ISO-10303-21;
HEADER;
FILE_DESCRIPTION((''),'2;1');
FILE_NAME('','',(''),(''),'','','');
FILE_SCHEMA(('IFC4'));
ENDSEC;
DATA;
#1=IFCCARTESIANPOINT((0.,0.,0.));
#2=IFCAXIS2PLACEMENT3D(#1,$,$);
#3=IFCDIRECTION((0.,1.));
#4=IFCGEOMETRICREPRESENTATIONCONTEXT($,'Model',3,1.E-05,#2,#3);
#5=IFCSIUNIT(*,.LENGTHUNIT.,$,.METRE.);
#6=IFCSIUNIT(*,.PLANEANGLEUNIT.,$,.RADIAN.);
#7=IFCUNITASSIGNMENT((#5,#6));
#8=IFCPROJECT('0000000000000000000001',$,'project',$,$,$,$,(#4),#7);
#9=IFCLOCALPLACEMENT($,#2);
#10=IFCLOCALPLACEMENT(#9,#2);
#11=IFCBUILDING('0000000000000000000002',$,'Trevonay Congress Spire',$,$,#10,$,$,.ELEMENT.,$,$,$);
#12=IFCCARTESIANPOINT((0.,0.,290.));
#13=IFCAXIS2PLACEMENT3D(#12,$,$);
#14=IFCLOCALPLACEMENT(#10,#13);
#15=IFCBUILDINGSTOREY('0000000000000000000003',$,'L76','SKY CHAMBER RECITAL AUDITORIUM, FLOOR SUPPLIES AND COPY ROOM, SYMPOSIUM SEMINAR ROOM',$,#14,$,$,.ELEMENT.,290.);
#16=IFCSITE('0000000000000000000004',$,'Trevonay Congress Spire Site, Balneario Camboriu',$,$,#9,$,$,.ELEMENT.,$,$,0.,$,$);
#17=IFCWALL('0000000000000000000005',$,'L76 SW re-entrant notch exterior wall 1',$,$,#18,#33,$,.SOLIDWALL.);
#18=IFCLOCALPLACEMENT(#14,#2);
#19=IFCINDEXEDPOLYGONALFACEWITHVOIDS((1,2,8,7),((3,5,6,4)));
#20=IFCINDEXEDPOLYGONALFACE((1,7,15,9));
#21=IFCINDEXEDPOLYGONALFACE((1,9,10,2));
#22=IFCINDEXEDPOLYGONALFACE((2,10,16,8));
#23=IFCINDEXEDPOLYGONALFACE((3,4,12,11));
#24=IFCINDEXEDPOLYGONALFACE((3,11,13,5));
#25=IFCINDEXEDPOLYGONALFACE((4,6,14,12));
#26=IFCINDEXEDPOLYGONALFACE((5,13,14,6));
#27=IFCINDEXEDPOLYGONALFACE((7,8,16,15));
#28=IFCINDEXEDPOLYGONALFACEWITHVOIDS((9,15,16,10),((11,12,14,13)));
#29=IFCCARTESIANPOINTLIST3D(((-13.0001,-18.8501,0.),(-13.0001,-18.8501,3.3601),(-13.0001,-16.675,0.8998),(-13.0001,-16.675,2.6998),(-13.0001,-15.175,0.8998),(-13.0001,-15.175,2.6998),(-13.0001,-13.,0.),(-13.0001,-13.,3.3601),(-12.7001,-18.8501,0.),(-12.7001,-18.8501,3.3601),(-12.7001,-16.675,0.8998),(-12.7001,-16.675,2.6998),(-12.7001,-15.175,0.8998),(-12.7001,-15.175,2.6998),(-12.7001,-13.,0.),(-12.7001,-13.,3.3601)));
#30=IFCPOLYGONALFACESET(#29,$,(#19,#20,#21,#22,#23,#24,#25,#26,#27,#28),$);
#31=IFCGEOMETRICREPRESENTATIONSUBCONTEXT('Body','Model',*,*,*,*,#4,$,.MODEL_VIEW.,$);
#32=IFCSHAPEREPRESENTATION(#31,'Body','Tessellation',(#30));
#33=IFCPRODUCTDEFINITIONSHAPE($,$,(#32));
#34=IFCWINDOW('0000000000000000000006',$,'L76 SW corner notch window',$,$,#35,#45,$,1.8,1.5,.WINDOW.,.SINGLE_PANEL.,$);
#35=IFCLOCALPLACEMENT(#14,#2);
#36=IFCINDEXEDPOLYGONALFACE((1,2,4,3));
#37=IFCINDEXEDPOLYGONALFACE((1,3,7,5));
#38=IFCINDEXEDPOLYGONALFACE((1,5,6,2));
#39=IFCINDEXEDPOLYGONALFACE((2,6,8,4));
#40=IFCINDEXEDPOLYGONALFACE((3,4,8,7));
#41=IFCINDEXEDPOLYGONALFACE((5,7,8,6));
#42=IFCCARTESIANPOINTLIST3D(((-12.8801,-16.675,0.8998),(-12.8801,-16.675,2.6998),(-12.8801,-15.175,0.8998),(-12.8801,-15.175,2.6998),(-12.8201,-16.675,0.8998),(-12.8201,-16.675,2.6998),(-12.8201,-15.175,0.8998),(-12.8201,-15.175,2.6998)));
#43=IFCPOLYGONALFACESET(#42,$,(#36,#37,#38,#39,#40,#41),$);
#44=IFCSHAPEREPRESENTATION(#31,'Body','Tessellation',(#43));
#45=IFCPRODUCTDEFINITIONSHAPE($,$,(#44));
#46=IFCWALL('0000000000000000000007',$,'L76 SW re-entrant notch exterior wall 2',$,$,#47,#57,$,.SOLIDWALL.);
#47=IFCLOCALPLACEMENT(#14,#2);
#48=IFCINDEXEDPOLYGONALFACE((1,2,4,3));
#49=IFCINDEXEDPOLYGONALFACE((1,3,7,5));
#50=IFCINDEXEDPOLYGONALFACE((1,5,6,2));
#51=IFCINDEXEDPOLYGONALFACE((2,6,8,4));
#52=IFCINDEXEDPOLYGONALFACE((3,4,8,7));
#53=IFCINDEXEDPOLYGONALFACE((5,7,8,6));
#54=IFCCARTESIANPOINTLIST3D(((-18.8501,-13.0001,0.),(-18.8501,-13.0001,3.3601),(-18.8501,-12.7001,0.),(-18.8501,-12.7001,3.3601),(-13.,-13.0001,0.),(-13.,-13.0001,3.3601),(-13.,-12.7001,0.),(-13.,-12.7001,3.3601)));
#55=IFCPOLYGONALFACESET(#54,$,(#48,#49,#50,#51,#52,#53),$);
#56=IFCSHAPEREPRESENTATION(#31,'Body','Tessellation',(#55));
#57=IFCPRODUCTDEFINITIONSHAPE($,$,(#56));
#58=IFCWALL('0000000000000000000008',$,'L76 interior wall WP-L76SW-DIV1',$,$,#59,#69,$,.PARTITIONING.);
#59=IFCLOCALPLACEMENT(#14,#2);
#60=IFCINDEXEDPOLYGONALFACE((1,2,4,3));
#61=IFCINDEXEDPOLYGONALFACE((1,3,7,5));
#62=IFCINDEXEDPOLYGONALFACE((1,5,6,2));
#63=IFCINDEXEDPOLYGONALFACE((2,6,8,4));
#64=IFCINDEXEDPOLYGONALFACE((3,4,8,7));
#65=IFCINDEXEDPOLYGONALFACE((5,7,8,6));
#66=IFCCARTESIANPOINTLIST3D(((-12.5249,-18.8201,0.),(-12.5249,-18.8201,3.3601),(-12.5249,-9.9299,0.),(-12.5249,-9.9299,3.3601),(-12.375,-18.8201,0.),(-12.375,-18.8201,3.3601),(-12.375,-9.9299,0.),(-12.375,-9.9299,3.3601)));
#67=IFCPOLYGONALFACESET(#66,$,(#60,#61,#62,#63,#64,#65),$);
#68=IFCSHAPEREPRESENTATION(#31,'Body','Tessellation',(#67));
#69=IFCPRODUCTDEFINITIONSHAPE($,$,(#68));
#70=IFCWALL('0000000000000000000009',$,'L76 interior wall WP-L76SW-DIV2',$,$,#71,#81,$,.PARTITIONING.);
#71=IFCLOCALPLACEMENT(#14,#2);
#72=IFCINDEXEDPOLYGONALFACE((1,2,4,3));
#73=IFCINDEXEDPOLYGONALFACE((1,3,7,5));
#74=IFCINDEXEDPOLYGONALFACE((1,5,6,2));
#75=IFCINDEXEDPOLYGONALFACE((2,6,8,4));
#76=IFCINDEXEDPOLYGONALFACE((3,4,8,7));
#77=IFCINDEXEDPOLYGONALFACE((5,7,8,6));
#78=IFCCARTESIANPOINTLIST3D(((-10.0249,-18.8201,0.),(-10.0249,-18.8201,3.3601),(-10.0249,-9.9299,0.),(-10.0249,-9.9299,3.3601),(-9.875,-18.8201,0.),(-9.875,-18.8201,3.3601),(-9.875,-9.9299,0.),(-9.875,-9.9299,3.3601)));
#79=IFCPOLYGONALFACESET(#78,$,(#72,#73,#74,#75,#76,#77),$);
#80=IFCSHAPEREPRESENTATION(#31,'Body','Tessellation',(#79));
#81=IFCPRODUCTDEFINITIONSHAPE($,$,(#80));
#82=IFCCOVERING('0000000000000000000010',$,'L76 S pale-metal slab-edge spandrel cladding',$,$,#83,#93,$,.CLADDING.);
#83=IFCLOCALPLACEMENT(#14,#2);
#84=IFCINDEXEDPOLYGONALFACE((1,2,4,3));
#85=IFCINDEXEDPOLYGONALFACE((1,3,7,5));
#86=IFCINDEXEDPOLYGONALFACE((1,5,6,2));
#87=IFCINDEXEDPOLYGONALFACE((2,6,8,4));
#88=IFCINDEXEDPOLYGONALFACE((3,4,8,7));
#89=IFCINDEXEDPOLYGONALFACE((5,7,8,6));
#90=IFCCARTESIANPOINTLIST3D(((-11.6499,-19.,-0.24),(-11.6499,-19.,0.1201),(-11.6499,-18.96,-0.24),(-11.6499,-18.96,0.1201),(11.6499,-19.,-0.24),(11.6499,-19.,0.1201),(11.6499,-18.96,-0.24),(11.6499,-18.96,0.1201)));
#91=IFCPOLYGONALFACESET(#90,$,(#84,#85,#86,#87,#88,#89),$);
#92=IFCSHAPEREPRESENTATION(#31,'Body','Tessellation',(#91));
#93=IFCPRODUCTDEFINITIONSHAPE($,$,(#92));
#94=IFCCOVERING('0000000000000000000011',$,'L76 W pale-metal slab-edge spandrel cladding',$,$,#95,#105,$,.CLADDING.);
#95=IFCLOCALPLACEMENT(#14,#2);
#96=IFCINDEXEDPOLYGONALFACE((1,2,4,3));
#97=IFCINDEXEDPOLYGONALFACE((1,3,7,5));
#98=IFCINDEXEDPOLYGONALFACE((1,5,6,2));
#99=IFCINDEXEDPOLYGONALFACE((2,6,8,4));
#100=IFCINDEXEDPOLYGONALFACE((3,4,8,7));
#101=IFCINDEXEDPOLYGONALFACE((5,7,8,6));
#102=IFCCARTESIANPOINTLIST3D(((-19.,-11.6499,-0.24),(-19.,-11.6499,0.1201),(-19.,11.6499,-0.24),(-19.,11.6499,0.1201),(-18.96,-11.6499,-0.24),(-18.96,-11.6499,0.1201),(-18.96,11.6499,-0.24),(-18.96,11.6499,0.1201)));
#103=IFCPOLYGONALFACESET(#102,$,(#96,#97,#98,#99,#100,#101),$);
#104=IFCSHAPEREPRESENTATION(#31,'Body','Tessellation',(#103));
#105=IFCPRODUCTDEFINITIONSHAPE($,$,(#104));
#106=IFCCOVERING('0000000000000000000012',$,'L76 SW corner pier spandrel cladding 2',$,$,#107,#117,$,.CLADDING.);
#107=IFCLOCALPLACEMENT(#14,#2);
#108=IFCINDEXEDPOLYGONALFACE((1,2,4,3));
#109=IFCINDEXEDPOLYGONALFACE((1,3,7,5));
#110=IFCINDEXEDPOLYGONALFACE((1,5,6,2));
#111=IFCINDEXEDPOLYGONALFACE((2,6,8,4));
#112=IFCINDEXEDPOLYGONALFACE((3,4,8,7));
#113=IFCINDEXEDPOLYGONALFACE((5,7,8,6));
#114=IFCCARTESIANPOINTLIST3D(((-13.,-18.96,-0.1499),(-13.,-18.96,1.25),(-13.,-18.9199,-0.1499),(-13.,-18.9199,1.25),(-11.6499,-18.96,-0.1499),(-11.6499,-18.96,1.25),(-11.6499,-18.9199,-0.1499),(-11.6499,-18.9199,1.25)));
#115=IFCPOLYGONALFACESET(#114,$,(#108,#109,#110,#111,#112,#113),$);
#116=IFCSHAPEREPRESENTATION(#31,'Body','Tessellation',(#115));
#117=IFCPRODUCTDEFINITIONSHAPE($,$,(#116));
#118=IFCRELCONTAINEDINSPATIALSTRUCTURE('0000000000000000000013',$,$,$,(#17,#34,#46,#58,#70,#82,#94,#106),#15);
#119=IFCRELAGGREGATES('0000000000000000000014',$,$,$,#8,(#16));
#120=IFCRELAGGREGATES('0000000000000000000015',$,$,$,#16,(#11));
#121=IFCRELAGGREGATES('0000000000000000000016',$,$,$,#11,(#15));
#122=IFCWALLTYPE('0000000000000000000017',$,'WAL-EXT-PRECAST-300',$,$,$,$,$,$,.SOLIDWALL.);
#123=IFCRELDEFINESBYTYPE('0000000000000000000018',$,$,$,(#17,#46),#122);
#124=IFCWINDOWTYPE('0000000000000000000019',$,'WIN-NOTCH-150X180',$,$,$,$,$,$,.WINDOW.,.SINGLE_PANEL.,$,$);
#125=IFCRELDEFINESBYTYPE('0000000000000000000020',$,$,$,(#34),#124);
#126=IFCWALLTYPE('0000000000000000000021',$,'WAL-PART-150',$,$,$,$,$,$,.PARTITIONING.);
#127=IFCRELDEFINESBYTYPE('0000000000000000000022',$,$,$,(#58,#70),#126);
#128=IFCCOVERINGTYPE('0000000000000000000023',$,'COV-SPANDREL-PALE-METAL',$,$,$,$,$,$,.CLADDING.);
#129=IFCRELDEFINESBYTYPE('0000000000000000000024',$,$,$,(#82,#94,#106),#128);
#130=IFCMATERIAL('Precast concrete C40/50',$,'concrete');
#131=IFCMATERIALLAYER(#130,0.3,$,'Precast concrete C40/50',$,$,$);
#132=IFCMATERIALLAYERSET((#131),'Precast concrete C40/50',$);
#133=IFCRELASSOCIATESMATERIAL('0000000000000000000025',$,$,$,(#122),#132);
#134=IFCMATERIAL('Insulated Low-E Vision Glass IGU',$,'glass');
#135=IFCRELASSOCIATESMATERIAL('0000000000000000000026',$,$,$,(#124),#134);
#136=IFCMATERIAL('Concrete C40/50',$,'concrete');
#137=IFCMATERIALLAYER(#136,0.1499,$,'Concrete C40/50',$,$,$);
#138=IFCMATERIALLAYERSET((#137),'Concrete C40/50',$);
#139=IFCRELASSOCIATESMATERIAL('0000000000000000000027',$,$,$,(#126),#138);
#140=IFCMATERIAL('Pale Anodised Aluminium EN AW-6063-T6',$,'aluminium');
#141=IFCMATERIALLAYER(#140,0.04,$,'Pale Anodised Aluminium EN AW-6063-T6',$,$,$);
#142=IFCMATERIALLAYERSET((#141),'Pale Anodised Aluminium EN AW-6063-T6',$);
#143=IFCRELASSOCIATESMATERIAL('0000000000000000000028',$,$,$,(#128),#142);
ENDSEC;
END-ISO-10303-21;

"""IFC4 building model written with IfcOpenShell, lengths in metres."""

from ifc_helpers import new_model, si_unit, direction, frame, frame_2d, origin, place, context, subcontext, project, spatial, rectangle, extrude, material, layer, layer_set, type_object, element, fill, save


model = new_model("IFC4")

# Units and contexts
model_context = context("Model", 3, precision=1e-05, world=origin(), true_north=direction((0.0, 1.0)))
body_context = subcontext(model_context, "Body", "Model", "MODEL_VIEW")
ifc_project = project(units=[si_unit("LENGTHUNIT", "METRE"), si_unit("PLANEANGLEUNIT", "RADIAN")], contexts=[model_context])

# Site, building, storey
site_placement = place(None, origin())
site = spatial("IfcSite", under=ifc_project, at=site_placement, Name="Trevonay Congress Spire Site, Balneario Camboriu", CompositionType="ELEMENT", RefElevation=0.0)
building_placement = place(site_placement, origin())
building = spatial("IfcBuilding", under=site, at=building_placement, Name="Trevonay Congress Spire", CompositionType="ELEMENT")
storey_placement = place(building_placement, frame((0.0, 0.0, 290.0)))
storey = spatial("IfcBuildingStorey", under=building, at=storey_placement, Name="L76", Description="SKY CHAMBER RECITAL AUDITORIUM, FLOOR SUPPLIES AND COPY ROOM, SYMPOSIUM SEMINAR ROOM", CompositionType="ELEMENT", Elevation=290.0)

# Shared definitions
ifc_material_1 = material(Name="Precast concrete C40/50", Category="concrete")
ifc_layer_1 = layer(ifc_material_1, 0.3, Name="Precast concrete C40/50")
ifc_layer_set_1 = layer_set([ifc_layer_1], Name="Precast concrete C40/50")
wall_type_1 = type_object("IfcWallType", Name="WAL-EXT-PRECAST-300", PredefinedType="SOLIDWALL", material=ifc_layer_set_1)

# Wall, opening, window
wall_1_placement = place(storey_placement, frame((-12.8501, -18.8501, 0.0), z_axis=(0.0, 0.0, 1.0), x_axis=(0.0, 1.0, 0.0)))
wall_1 = element("IfcWall", 1, at=wall_1_placement, inside=storey, type_object=wall_type_1, Name="L76 SW re-entrant notch exterior wall 1", PredefinedType="SOLIDWALL", context=body_context, shape_type="SweptSolid", body=[
    extrude(rectangle(XDim=5.8501, YDim=0.3, at=frame_2d((2.925, 0.0))), origin(), (0.0, 0.0, 1.0), 3.3601),
])
opening_placement = place(wall_1_placement, frame((2.175, 0.0, 0.8999)))
opening = element("IfcOpeningElement", 2, at=opening_placement, cuts=wall_1, PredefinedType="OPENING", context=body_context, shape_type="SweptSolid", body=[
    extrude(rectangle(XDim=1.5, YDim=1.8, at=frame_2d((0.75, 0.8999))), frame((0.0, 0.1602, 0.0), z_axis=(0.0, -1.0, 0.0), x_axis=(1.0, 0.0, 0.0)), (0.0, 0.0, 1.0), 0.3201),
])
ifc_material_2 = material(Name="Insulated Low-E Vision Glass IGU", Category="glass")
window_type = type_object("IfcWindowType", Name="WIN-NOTCH-150X180", PartitioningType="SINGLE_PANEL", PredefinedType="WINDOW", material=ifc_material_2)
window_placement = place(opening_placement, origin())
window = element("IfcWindow", 3, at=window_placement, inside=storey, type_object=window_type, Name="L76 SW corner notch window", OverallHeight=1.8, OverallWidth=1.5, PartitioningType="SINGLE_PANEL", PredefinedType="WINDOW", context=body_context, shape_type="SweptSolid", body=[
    extrude(rectangle(XDim=1.5, YDim=1.8, at=frame_2d((0.75, 0.8999))), frame((0.0, 0.03, 0.0), z_axis=(0.0, -1.0, 0.0), x_axis=(1.0, 0.0, 0.0)), (0.0, 0.0, 1.0), 0.0601),
])
fill(opening, window)

# Walls
wall_2_placement = place(storey_placement, frame((-18.8501, -12.8501, 0.0), z_axis=(0.0, 0.0, 1.0), x_axis=(1.0, 0.0, 0.0)))
element("IfcWall", 4, at=wall_2_placement, inside=storey, type_object=wall_type_1, Name="L76 SW re-entrant notch exterior wall 2", PredefinedType="SOLIDWALL", context=body_context, shape_type="SweptSolid", body=[
    extrude(rectangle(XDim=5.8501, YDim=0.3, at=frame_2d((2.925, 0.0))), origin(), (0.0, 0.0, 1.0), 3.3601),
])
ifc_material_3 = material(Name="Concrete C40/50", Category="concrete")
ifc_layer_2 = layer(ifc_material_3, 0.1499, Name="Concrete C40/50")
ifc_layer_set_2 = layer_set([ifc_layer_2], Name="Concrete C40/50")
wall_type_2 = type_object("IfcWallType", Name="WAL-PART-150", PredefinedType="PARTITIONING", material=ifc_layer_set_2)
for number, where, z_axis, x_axis, name in (
    (5, (-12.45, -18.8201, 0.0), (0.0, 0.0, 1.0), (0.0, 1.0, 0.0), "L76 interior wall WP-L76SW-DIV1"),
    (6, (-9.95, -18.8201, 0.0), (0.0, 0.0, 1.0), (0.0, 1.0, 0.0), "L76 interior wall WP-L76SW-DIV2"),
):
    element("IfcWall", number, at=place(storey_placement, frame(where, z_axis=z_axis, x_axis=x_axis)), inside=storey, type_object=wall_type_2, Name=name, PredefinedType="PARTITIONING", context=body_context, shape_type="SweptSolid", body=[
        extrude(rectangle(XDim=8.8901, YDim=0.1499, at=frame_2d((4.4451, 0.0))), origin(), (0.0, 0.0, 1.0), 3.3601),
    ])

# Coverings
ifc_material_4 = material(Name="Pale Anodised Aluminium EN AW-6063-T6", Category="aluminium")
ifc_layer_3 = layer(ifc_material_4, 0.04, Name="Pale Anodised Aluminium EN AW-6063-T6")
ifc_layer_set_3 = layer_set([ifc_layer_3], Name="Pale Anodised Aluminium EN AW-6063-T6")
covering_type = type_object("IfcCoveringType", Name="COV-SPANDREL-PALE-METAL", PredefinedType="CLADDING", material=ifc_layer_set_3)
for number, where, z_axis, x_axis, name in (
    (7, (-11.6499, -18.98, -0.24), (0.0, 0.0, 1.0), (1.0, 0.0, 0.0), "L76 S pale-metal slab-edge spandrel cladding"),
    (8, (-18.98, -11.6499, -0.24), (0.0, 0.0, 1.0), (0.0, 1.0, 0.0), "L76 W pale-metal slab-edge spandrel cladding"),
):
    element("IfcCovering", number, at=place(storey_placement, frame(where, z_axis=z_axis, x_axis=x_axis)), inside=storey, type_object=covering_type, Name=name, PredefinedType="CLADDING", context=body_context, shape_type="SweptSolid", body=[
        extrude(rectangle(XDim=23.2998, YDim=0.04, at=frame_2d((11.6499, 0.0))), origin(), (0.0, 0.0, 1.0), 0.3601),
    ])
covering_placement = place(storey_placement, frame((-11.6499, -18.9399, -0.1499), z_axis=(0.0, 0.0, 1.0), x_axis=(-1.0, 0.0, 0.0)))
element("IfcCovering", 9, at=covering_placement, inside=storey, type_object=covering_type, Name="L76 SW corner pier spandrel cladding 2", PredefinedType="CLADDING", context=body_context, shape_type="SweptSolid", body=[
    extrude(rectangle(XDim=1.3501, YDim=0.04, at=frame_2d((0.675, 0.0))), origin(), (0.0, 0.0, 1.0), 1.3999),
])

save(model, "model.ifc")
